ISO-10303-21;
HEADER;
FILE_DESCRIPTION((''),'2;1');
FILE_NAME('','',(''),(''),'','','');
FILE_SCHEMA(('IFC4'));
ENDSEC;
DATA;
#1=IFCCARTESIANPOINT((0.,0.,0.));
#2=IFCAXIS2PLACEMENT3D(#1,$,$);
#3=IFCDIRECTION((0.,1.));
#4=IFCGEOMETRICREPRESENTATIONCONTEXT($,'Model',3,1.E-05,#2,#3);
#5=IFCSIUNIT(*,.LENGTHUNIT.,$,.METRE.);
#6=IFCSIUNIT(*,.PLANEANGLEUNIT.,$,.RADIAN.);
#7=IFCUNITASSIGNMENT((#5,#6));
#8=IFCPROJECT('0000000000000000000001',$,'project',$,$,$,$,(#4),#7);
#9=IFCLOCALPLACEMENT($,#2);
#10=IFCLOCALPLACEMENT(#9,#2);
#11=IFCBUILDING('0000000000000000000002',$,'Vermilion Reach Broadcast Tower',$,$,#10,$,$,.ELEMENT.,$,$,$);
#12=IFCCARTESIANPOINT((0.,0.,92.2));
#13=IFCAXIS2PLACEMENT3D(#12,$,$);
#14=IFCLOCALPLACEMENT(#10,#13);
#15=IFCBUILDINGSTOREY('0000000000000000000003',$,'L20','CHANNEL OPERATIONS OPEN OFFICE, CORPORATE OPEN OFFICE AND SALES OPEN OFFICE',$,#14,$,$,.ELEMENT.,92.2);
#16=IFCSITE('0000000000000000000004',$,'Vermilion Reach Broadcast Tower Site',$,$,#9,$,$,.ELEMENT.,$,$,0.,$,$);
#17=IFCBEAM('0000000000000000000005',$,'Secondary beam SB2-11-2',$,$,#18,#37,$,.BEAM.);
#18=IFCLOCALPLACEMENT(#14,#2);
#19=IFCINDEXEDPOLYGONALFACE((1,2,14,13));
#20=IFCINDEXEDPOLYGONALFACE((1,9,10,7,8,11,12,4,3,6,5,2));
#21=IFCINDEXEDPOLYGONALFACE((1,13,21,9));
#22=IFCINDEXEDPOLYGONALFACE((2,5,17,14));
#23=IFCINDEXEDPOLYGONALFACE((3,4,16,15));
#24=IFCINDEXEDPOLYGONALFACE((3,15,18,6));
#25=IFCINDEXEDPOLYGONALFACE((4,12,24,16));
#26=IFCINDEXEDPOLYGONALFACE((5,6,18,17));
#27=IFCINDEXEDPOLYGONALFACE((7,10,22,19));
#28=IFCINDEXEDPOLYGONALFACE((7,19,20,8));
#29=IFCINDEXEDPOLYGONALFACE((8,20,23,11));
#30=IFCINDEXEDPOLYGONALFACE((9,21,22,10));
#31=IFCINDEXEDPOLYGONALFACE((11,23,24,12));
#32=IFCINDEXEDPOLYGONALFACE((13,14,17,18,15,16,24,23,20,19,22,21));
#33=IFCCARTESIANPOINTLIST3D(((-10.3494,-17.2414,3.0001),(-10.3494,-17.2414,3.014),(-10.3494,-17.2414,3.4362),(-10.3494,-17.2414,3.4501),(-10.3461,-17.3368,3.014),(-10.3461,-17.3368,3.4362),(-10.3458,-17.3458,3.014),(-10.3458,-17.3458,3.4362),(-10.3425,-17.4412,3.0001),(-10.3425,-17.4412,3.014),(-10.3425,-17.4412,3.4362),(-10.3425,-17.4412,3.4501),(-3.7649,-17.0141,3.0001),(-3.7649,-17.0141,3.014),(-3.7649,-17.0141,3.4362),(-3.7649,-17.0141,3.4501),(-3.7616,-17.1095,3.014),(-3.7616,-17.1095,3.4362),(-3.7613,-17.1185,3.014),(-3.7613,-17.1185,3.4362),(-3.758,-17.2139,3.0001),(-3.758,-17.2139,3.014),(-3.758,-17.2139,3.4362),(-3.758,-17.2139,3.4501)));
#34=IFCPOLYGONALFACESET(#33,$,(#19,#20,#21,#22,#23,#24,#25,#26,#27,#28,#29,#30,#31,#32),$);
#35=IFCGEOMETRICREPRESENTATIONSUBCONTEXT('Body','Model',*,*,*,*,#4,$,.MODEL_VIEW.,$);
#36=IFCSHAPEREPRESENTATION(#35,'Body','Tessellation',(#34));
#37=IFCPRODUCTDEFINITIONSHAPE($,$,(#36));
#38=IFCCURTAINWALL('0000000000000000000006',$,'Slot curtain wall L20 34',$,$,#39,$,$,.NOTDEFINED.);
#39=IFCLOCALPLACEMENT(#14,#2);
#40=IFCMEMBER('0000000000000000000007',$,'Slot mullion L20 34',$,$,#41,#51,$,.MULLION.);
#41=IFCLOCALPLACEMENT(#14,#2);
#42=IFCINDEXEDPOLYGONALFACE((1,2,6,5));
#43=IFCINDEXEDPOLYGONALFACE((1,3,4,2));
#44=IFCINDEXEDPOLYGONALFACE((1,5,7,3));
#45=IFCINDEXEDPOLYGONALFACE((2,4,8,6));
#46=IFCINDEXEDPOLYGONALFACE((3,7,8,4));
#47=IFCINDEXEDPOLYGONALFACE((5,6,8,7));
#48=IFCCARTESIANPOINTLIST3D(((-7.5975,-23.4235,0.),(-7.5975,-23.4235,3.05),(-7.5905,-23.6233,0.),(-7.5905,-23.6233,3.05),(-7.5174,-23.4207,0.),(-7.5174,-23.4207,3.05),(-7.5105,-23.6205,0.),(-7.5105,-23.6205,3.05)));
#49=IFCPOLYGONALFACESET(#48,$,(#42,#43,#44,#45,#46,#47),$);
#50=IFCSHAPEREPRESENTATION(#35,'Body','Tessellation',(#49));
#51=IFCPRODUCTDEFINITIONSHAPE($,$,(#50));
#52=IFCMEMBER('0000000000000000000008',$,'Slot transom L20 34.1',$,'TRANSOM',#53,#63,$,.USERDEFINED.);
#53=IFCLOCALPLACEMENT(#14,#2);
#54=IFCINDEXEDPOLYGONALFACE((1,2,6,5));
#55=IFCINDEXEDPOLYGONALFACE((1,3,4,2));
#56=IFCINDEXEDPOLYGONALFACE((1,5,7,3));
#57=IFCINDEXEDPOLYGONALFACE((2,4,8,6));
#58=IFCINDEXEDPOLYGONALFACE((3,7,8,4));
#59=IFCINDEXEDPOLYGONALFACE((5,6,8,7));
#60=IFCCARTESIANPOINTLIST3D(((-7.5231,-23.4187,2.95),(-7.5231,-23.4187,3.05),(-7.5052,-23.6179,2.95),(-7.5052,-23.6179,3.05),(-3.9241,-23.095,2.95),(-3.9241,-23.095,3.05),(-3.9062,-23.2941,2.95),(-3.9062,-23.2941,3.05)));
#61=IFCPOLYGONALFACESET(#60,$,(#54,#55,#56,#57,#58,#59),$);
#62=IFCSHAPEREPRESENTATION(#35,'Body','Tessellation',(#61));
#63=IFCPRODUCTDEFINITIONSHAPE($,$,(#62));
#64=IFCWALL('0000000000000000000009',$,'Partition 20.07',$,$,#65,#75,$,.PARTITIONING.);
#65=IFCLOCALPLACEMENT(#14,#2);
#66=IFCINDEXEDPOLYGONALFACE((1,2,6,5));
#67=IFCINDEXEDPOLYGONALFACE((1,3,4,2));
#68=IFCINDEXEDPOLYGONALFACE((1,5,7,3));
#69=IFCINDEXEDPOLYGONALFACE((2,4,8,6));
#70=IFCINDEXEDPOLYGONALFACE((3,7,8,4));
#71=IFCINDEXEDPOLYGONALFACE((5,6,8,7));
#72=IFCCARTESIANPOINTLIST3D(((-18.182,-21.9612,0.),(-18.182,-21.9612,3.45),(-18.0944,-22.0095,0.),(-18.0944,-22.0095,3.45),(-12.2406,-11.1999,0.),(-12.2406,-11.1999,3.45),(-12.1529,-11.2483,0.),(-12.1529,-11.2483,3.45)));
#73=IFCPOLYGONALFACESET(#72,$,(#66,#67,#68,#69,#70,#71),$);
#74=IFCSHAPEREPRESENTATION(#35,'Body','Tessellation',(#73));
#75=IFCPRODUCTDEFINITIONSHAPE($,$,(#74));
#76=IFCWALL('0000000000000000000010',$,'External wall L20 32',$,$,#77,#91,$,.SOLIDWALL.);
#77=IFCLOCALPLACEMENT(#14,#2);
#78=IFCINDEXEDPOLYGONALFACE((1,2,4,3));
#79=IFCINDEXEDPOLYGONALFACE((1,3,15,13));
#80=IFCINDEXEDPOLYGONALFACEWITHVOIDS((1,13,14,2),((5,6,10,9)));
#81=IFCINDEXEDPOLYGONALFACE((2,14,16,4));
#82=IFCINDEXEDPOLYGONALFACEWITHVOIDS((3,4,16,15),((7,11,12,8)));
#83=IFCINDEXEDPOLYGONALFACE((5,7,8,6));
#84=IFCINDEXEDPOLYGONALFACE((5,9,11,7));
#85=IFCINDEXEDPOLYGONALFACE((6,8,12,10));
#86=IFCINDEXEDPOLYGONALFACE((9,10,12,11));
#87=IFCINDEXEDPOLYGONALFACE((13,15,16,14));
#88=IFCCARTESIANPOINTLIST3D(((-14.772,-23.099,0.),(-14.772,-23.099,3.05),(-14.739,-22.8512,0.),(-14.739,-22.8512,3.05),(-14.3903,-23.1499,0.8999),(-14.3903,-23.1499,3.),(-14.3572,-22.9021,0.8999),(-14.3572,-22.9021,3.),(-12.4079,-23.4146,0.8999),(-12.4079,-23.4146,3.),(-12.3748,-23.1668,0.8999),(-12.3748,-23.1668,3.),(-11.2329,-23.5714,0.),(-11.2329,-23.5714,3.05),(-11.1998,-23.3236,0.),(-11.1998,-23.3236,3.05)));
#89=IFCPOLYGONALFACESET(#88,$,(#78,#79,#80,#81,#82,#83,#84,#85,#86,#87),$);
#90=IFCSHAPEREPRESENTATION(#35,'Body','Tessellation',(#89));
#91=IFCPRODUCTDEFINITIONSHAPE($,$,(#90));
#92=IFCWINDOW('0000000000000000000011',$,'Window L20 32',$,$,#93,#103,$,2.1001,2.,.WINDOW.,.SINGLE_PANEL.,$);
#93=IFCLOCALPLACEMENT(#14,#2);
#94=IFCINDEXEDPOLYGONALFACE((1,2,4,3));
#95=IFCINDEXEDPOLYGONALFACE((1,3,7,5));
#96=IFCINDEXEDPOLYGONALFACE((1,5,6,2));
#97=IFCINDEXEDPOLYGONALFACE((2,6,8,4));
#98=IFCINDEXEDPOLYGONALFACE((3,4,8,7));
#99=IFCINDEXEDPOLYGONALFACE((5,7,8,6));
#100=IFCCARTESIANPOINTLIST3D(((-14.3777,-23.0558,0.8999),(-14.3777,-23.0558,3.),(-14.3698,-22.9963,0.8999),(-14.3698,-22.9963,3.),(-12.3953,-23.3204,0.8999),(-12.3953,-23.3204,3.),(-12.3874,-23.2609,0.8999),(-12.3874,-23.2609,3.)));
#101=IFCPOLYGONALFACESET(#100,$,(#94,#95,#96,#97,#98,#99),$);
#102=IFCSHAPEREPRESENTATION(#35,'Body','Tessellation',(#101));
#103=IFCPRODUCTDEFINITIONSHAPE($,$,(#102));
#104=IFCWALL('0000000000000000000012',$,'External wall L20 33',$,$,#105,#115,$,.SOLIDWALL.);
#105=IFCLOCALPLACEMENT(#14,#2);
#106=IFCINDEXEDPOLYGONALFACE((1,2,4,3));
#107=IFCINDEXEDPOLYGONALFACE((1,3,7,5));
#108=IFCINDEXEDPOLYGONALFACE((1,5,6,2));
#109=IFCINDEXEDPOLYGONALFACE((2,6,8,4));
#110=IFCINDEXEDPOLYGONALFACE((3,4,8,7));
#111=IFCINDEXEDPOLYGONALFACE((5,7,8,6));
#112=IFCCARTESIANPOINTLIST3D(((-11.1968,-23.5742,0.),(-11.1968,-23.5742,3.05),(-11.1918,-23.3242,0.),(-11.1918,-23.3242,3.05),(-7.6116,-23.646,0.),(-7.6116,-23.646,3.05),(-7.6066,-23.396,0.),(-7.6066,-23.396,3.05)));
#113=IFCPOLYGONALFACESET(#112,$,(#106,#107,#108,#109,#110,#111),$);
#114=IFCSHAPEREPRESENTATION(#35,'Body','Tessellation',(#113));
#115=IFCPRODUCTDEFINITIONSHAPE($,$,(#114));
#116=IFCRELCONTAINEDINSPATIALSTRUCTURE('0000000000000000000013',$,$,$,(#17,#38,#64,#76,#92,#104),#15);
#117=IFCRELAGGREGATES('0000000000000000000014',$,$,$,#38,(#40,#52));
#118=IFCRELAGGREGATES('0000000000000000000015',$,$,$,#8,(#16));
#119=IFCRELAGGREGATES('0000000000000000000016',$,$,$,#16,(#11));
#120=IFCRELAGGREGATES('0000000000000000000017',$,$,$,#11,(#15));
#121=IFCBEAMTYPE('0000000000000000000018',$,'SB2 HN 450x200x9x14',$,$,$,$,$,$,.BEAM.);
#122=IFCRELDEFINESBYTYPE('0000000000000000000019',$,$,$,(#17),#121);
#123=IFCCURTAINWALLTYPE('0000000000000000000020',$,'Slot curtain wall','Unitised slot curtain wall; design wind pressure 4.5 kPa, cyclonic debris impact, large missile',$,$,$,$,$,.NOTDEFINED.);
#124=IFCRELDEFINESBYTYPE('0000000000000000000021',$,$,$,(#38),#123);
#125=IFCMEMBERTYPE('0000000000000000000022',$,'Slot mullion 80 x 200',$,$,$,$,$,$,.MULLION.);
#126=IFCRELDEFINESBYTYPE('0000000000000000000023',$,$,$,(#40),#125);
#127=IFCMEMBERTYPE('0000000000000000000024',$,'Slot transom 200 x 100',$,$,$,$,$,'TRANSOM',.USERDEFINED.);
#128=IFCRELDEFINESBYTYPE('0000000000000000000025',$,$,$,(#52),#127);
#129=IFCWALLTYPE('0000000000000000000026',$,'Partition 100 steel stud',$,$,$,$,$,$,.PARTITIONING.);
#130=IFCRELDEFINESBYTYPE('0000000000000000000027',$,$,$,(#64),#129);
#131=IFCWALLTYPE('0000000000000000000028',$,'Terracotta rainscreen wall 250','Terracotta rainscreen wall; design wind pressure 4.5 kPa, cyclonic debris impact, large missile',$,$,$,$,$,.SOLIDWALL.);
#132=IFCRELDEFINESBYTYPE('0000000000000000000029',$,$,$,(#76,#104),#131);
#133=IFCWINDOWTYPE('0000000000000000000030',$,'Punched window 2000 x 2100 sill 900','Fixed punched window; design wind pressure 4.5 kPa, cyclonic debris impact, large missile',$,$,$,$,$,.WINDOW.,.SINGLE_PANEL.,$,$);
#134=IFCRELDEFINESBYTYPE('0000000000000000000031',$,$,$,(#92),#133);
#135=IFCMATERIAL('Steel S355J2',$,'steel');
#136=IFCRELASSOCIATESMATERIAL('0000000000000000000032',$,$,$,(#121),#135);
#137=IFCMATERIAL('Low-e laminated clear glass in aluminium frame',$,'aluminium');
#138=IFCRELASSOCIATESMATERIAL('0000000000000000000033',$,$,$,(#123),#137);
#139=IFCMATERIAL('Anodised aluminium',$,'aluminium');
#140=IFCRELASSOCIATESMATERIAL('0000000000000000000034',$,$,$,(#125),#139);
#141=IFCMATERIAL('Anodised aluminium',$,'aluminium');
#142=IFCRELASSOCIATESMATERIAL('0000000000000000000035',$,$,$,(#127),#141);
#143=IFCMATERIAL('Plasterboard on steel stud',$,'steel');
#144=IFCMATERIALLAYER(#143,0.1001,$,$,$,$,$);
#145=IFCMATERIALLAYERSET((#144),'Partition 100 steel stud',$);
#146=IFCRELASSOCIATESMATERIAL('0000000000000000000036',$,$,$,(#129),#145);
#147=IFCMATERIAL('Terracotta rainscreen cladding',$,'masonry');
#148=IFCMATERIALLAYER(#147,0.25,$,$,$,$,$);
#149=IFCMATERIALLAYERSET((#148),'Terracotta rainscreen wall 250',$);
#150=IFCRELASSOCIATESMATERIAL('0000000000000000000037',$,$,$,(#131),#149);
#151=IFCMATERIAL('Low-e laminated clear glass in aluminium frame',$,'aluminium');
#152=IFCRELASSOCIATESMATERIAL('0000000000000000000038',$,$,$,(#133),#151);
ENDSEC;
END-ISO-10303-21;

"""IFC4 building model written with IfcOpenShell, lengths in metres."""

from ifc_helpers import new_model, si_unit, direction, frame, frame_2d, origin, origin_2d, place, context, subcontext, project, spatial, rectangle, i_section, extrude, material, layer, layer_set, material_profile, profile_set, type_object, element, fill, aggregate, save


model = new_model("IFC4")

# Units and contexts
model_context = context("Model", 3, precision=1e-05, world=origin(), true_north=direction((0.0, 1.0)))
body_context = subcontext(model_context, "Body", "Model", "MODEL_VIEW")
ifc_project = project(units=[si_unit("LENGTHUNIT", "METRE"), si_unit("PLANEANGLEUNIT", "RADIAN")], contexts=[model_context])

# Site, building, storey
site_placement = place(None, origin())
site = spatial("IfcSite", under=ifc_project, at=site_placement, Name="Vermilion Reach Broadcast Tower Site", CompositionType="ELEMENT", RefElevation=0.0)
building_placement = place(site_placement, origin())
building = spatial("IfcBuilding", under=site, at=building_placement, Name="Vermilion Reach Broadcast Tower", CompositionType="ELEMENT")
storey_placement = place(building_placement, frame((0.0, 0.0, 92.2)))
storey = spatial("IfcBuildingStorey", under=building, at=storey_placement, Name="L20", Description="CHANNEL OPERATIONS OPEN OFFICE, CORPORATE OPEN OFFICE AND SALES OPEN OFFICE", CompositionType="ELEMENT", Elevation=92.2)

# Beam
ifc_material_1 = material(Name="Steel S355J2", Category="steel")
ifc_material_profile_1 = material_profile(ifc_material_1, i_section(OverallWidth=0.2, OverallDepth=0.45, WebThickness=0.009, FlangeThickness=0.0139, at=origin_2d()), Name="S355J2 HN 450x200x9x14")
ifc_profile_set_1 = profile_set([ifc_material_profile_1], Name="Steel S355J2")
beam_type_1 = type_object("IfcBeamType", Name="SB2 HN 450x200x9x14", PredefinedType="BEAM", material=ifc_profile_set_1)
beam_1_placement = place(storey_placement, frame((-10.3459, -17.3413, 3.2251), z_axis=(0.999405, 0.034499, 0.0), x_axis=(-0.034499, 0.999405, 0.0)))
element("IfcBeam", 1, at=beam_1_placement, inside=storey, type_object=beam_type_1, Name="Secondary beam SB2-11-2", PredefinedType="BEAM", context=body_context, shape_type="SweptSolid", body=[
    extrude(i_section(OverallWidth=0.2, OverallDepth=0.45, WebThickness=0.009, FlangeThickness=0.0139, at=origin_2d()), origin(), (0.0, 0.0, 1.0), 6.5884),
])

# Curtain wall, members
ifc_material_2 = material(Name="Low-e laminated clear glass in aluminium frame", Category="aluminium")
curtain_wall_type = type_object("IfcCurtainWallType", Name="Slot curtain wall", Description="Unitised slot curtain wall; design wind pressure 4.5 kPa, cyclonic debris impact, large missile", PredefinedType="NOTDEFINED", material=ifc_material_2)
curtain_wall_placement = place(storey_placement, origin())
curtain_wall = element("IfcCurtainWall", 2, at=curtain_wall_placement, inside=storey, type_object=curtain_wall_type, Name="Slot curtain wall L20 34", PredefinedType="NOTDEFINED")
ifc_material_3 = material(Name="Anodised aluminium", Category="aluminium")
ifc_material_profile_2 = material_profile(ifc_material_3, rectangle(XDim=0.2, YDim=0.0801, at=origin_2d()), Name="Slot mullion 80 x 200")
ifc_profile_set_2 = profile_set([ifc_material_profile_2], Name="Anodised aluminium")
member_type_1 = type_object("IfcMemberType", Name="Slot mullion 80 x 200", PredefinedType="MULLION", material=ifc_profile_set_2)
member_1_placement = place(storey_placement, frame((-7.554, -23.522, 0.0), z_axis=(0.0, 0.0, 1.0), x_axis=(-0.034882, 0.999391, 0.0)))
member_1 = element("IfcMember", 3, at=member_1_placement, type_object=member_type_1, Name="Slot mullion L20 34", PredefinedType="MULLION", context=body_context, shape_type="SweptSolid", body=[
    extrude(rectangle(XDim=0.2, YDim=0.0801, at=origin_2d()), origin(), (0.0, 0.0, 1.0), 3.05),
])
ifc_material_4 = material(Name="Anodised aluminium", Category="aluminium")
ifc_material_profile_3 = material_profile(ifc_material_4, rectangle(XDim=0.2, YDim=0.1001, at=origin_2d()), Name="Slot transom 200 x 100")
ifc_profile_set_3 = profile_set([ifc_material_profile_3], Name="Anodised aluminium")
member_type_2 = type_object("IfcMemberType", Name="Slot transom 200 x 100", ElementType="TRANSOM", PredefinedType="USERDEFINED", material=ifc_profile_set_3)
member_2_placement = place(storey_placement, frame((-7.5142, -23.5183, 3.0), z_axis=(0.995979, 0.089591, 0.0), x_axis=(-0.089591, 0.995979, 0.0)))
member_2 = element("IfcMember", 4, at=member_2_placement, type_object=member_type_2, Name="Slot transom L20 34.1", ObjectType="TRANSOM", PredefinedType="USERDEFINED", context=body_context, shape_type="SweptSolid", body=[
    extrude(rectangle(XDim=0.2, YDim=0.1001, at=origin_2d()), origin(), (0.0, 0.0, 1.0), 3.6135),
])
aggregate(curtain_wall, [member_1, member_2])

# Wall
ifc_material_5 = material(Name="Plasterboard on steel stud", Category="steel")
ifc_layer_1 = layer(ifc_material_5, 0.1001)
ifc_layer_set_1 = layer_set([ifc_layer_1], Name="Partition 100 steel stud")
wall_type_1 = type_object("IfcWallType", Name="Partition 100 steel stud", PredefinedType="PARTITIONING", material=ifc_layer_set_1)
wall_1_placement = place(storey_placement, frame((-18.1382, -21.9854, 0.0), z_axis=(0.0, 0.0, 1.0), x_axis=(0.483338, 0.875434, 0.0)))
element("IfcWall", 5, at=wall_1_placement, inside=storey, type_object=wall_type_1, Name="Partition 20.07", PredefinedType="PARTITIONING", context=body_context, shape_type="SweptSolid", body=[
    extrude(rectangle(XDim=12.2925, YDim=0.1001, at=frame_2d((6.1462, 0.0))), origin(), (0.0, 0.0, 1.0), 3.45),
])

# Shared definitions
ifc_material_6 = material(Name="Terracotta rainscreen cladding", Category="masonry")
ifc_layer_2 = layer(ifc_material_6, 0.25)
ifc_layer_set_2 = layer_set([ifc_layer_2], Name="Terracotta rainscreen wall 250")
wall_type_2 = type_object("IfcWallType", Name="Terracotta rainscreen wall 250", Description="Terracotta rainscreen wall; design wind pressure 4.5 kPa, cyclonic debris impact, large missile", PredefinedType="SOLIDWALL", material=ifc_layer_set_2)

# Wall, opening, window
wall_2_placement = place(storey_placement, frame((-14.7554, -22.9751, 0.0), z_axis=(0.0, 0.0, 1.0), x_axis=(0.991208, -0.132312, 0.0)))
wall_2 = element("IfcWall", 6, at=wall_2_placement, inside=storey, type_object=wall_type_2, Name="External wall L20 32", PredefinedType="SOLIDWALL", context=body_context, shape_type="SweptSolid", body=[
    extrude(rectangle(XDim=3.5706, YDim=0.25, at=frame_2d((1.7852, 0.0))), origin(), (0.0, 0.0, 1.0), 3.05),
])
opening_1_placement = place(wall_2_placement, frame((0.385, 0.0, 0.8999)))
opening_1 = element("IfcOpeningElement", 7, at=opening_1_placement, cuts=wall_2, PredefinedType="OPENING", context=body_context, shape_type="SweptSolid", body=[
    extrude(rectangle(XDim=2.0, YDim=2.1001, at=frame_2d((1.0, 1.05))), frame((0.0, 0.135, 0.0), z_axis=(0.0, -1.0, 0.0), x_axis=(1.0, 0.0, 0.0)), (0.0, 0.0, 1.0), 0.27),
])
ifc_material_7 = material(Name="Low-e laminated clear glass in aluminium frame", Category="aluminium")
window_type = type_object("IfcWindowType", Name="Punched window 2000 x 2100 sill 900", Description="Fixed punched window; design wind pressure 4.5 kPa, cyclonic debris impact, large missile", PartitioningType="SINGLE_PANEL", PredefinedType="WINDOW", material=ifc_material_7)
window_placement = place(opening_1_placement, origin())
window = element("IfcWindow", 8, at=window_placement, inside=storey, type_object=window_type, Name="Window L20 32", OverallHeight=2.1001, OverallWidth=2.0, PartitioningType="SINGLE_PANEL", PredefinedType="WINDOW", context=body_context, shape_type="SweptSolid", body=[
    extrude(rectangle(XDim=2.0, YDim=2.1001, at=frame_2d((1.0, 1.05))), frame((0.0, 0.03, 0.0), z_axis=(0.0, -1.0, 0.0), x_axis=(1.0, 0.0, 0.0)), (0.0, 0.0, 1.0), 0.0601),
])
fill(opening_1, window)

# Wall
wall_3_placement = place(storey_placement, frame((-11.1943, -23.4492, 0.0), z_axis=(0.0, 0.0, 1.0), x_axis=(0.9998, -0.020016, 0.0)))
element("IfcWall", 9, at=wall_3_placement, inside=storey, type_object=wall_type_2, Name="External wall L20 33", PredefinedType="SOLIDWALL", context=body_context, shape_type="SweptSolid", body=[
    extrude(rectangle(XDim=3.5859, YDim=0.25, at=frame_2d((1.793, 0.0))), origin(), (0.0, 0.0, 1.0), 3.05),
])

save(model, "model.ifc")
